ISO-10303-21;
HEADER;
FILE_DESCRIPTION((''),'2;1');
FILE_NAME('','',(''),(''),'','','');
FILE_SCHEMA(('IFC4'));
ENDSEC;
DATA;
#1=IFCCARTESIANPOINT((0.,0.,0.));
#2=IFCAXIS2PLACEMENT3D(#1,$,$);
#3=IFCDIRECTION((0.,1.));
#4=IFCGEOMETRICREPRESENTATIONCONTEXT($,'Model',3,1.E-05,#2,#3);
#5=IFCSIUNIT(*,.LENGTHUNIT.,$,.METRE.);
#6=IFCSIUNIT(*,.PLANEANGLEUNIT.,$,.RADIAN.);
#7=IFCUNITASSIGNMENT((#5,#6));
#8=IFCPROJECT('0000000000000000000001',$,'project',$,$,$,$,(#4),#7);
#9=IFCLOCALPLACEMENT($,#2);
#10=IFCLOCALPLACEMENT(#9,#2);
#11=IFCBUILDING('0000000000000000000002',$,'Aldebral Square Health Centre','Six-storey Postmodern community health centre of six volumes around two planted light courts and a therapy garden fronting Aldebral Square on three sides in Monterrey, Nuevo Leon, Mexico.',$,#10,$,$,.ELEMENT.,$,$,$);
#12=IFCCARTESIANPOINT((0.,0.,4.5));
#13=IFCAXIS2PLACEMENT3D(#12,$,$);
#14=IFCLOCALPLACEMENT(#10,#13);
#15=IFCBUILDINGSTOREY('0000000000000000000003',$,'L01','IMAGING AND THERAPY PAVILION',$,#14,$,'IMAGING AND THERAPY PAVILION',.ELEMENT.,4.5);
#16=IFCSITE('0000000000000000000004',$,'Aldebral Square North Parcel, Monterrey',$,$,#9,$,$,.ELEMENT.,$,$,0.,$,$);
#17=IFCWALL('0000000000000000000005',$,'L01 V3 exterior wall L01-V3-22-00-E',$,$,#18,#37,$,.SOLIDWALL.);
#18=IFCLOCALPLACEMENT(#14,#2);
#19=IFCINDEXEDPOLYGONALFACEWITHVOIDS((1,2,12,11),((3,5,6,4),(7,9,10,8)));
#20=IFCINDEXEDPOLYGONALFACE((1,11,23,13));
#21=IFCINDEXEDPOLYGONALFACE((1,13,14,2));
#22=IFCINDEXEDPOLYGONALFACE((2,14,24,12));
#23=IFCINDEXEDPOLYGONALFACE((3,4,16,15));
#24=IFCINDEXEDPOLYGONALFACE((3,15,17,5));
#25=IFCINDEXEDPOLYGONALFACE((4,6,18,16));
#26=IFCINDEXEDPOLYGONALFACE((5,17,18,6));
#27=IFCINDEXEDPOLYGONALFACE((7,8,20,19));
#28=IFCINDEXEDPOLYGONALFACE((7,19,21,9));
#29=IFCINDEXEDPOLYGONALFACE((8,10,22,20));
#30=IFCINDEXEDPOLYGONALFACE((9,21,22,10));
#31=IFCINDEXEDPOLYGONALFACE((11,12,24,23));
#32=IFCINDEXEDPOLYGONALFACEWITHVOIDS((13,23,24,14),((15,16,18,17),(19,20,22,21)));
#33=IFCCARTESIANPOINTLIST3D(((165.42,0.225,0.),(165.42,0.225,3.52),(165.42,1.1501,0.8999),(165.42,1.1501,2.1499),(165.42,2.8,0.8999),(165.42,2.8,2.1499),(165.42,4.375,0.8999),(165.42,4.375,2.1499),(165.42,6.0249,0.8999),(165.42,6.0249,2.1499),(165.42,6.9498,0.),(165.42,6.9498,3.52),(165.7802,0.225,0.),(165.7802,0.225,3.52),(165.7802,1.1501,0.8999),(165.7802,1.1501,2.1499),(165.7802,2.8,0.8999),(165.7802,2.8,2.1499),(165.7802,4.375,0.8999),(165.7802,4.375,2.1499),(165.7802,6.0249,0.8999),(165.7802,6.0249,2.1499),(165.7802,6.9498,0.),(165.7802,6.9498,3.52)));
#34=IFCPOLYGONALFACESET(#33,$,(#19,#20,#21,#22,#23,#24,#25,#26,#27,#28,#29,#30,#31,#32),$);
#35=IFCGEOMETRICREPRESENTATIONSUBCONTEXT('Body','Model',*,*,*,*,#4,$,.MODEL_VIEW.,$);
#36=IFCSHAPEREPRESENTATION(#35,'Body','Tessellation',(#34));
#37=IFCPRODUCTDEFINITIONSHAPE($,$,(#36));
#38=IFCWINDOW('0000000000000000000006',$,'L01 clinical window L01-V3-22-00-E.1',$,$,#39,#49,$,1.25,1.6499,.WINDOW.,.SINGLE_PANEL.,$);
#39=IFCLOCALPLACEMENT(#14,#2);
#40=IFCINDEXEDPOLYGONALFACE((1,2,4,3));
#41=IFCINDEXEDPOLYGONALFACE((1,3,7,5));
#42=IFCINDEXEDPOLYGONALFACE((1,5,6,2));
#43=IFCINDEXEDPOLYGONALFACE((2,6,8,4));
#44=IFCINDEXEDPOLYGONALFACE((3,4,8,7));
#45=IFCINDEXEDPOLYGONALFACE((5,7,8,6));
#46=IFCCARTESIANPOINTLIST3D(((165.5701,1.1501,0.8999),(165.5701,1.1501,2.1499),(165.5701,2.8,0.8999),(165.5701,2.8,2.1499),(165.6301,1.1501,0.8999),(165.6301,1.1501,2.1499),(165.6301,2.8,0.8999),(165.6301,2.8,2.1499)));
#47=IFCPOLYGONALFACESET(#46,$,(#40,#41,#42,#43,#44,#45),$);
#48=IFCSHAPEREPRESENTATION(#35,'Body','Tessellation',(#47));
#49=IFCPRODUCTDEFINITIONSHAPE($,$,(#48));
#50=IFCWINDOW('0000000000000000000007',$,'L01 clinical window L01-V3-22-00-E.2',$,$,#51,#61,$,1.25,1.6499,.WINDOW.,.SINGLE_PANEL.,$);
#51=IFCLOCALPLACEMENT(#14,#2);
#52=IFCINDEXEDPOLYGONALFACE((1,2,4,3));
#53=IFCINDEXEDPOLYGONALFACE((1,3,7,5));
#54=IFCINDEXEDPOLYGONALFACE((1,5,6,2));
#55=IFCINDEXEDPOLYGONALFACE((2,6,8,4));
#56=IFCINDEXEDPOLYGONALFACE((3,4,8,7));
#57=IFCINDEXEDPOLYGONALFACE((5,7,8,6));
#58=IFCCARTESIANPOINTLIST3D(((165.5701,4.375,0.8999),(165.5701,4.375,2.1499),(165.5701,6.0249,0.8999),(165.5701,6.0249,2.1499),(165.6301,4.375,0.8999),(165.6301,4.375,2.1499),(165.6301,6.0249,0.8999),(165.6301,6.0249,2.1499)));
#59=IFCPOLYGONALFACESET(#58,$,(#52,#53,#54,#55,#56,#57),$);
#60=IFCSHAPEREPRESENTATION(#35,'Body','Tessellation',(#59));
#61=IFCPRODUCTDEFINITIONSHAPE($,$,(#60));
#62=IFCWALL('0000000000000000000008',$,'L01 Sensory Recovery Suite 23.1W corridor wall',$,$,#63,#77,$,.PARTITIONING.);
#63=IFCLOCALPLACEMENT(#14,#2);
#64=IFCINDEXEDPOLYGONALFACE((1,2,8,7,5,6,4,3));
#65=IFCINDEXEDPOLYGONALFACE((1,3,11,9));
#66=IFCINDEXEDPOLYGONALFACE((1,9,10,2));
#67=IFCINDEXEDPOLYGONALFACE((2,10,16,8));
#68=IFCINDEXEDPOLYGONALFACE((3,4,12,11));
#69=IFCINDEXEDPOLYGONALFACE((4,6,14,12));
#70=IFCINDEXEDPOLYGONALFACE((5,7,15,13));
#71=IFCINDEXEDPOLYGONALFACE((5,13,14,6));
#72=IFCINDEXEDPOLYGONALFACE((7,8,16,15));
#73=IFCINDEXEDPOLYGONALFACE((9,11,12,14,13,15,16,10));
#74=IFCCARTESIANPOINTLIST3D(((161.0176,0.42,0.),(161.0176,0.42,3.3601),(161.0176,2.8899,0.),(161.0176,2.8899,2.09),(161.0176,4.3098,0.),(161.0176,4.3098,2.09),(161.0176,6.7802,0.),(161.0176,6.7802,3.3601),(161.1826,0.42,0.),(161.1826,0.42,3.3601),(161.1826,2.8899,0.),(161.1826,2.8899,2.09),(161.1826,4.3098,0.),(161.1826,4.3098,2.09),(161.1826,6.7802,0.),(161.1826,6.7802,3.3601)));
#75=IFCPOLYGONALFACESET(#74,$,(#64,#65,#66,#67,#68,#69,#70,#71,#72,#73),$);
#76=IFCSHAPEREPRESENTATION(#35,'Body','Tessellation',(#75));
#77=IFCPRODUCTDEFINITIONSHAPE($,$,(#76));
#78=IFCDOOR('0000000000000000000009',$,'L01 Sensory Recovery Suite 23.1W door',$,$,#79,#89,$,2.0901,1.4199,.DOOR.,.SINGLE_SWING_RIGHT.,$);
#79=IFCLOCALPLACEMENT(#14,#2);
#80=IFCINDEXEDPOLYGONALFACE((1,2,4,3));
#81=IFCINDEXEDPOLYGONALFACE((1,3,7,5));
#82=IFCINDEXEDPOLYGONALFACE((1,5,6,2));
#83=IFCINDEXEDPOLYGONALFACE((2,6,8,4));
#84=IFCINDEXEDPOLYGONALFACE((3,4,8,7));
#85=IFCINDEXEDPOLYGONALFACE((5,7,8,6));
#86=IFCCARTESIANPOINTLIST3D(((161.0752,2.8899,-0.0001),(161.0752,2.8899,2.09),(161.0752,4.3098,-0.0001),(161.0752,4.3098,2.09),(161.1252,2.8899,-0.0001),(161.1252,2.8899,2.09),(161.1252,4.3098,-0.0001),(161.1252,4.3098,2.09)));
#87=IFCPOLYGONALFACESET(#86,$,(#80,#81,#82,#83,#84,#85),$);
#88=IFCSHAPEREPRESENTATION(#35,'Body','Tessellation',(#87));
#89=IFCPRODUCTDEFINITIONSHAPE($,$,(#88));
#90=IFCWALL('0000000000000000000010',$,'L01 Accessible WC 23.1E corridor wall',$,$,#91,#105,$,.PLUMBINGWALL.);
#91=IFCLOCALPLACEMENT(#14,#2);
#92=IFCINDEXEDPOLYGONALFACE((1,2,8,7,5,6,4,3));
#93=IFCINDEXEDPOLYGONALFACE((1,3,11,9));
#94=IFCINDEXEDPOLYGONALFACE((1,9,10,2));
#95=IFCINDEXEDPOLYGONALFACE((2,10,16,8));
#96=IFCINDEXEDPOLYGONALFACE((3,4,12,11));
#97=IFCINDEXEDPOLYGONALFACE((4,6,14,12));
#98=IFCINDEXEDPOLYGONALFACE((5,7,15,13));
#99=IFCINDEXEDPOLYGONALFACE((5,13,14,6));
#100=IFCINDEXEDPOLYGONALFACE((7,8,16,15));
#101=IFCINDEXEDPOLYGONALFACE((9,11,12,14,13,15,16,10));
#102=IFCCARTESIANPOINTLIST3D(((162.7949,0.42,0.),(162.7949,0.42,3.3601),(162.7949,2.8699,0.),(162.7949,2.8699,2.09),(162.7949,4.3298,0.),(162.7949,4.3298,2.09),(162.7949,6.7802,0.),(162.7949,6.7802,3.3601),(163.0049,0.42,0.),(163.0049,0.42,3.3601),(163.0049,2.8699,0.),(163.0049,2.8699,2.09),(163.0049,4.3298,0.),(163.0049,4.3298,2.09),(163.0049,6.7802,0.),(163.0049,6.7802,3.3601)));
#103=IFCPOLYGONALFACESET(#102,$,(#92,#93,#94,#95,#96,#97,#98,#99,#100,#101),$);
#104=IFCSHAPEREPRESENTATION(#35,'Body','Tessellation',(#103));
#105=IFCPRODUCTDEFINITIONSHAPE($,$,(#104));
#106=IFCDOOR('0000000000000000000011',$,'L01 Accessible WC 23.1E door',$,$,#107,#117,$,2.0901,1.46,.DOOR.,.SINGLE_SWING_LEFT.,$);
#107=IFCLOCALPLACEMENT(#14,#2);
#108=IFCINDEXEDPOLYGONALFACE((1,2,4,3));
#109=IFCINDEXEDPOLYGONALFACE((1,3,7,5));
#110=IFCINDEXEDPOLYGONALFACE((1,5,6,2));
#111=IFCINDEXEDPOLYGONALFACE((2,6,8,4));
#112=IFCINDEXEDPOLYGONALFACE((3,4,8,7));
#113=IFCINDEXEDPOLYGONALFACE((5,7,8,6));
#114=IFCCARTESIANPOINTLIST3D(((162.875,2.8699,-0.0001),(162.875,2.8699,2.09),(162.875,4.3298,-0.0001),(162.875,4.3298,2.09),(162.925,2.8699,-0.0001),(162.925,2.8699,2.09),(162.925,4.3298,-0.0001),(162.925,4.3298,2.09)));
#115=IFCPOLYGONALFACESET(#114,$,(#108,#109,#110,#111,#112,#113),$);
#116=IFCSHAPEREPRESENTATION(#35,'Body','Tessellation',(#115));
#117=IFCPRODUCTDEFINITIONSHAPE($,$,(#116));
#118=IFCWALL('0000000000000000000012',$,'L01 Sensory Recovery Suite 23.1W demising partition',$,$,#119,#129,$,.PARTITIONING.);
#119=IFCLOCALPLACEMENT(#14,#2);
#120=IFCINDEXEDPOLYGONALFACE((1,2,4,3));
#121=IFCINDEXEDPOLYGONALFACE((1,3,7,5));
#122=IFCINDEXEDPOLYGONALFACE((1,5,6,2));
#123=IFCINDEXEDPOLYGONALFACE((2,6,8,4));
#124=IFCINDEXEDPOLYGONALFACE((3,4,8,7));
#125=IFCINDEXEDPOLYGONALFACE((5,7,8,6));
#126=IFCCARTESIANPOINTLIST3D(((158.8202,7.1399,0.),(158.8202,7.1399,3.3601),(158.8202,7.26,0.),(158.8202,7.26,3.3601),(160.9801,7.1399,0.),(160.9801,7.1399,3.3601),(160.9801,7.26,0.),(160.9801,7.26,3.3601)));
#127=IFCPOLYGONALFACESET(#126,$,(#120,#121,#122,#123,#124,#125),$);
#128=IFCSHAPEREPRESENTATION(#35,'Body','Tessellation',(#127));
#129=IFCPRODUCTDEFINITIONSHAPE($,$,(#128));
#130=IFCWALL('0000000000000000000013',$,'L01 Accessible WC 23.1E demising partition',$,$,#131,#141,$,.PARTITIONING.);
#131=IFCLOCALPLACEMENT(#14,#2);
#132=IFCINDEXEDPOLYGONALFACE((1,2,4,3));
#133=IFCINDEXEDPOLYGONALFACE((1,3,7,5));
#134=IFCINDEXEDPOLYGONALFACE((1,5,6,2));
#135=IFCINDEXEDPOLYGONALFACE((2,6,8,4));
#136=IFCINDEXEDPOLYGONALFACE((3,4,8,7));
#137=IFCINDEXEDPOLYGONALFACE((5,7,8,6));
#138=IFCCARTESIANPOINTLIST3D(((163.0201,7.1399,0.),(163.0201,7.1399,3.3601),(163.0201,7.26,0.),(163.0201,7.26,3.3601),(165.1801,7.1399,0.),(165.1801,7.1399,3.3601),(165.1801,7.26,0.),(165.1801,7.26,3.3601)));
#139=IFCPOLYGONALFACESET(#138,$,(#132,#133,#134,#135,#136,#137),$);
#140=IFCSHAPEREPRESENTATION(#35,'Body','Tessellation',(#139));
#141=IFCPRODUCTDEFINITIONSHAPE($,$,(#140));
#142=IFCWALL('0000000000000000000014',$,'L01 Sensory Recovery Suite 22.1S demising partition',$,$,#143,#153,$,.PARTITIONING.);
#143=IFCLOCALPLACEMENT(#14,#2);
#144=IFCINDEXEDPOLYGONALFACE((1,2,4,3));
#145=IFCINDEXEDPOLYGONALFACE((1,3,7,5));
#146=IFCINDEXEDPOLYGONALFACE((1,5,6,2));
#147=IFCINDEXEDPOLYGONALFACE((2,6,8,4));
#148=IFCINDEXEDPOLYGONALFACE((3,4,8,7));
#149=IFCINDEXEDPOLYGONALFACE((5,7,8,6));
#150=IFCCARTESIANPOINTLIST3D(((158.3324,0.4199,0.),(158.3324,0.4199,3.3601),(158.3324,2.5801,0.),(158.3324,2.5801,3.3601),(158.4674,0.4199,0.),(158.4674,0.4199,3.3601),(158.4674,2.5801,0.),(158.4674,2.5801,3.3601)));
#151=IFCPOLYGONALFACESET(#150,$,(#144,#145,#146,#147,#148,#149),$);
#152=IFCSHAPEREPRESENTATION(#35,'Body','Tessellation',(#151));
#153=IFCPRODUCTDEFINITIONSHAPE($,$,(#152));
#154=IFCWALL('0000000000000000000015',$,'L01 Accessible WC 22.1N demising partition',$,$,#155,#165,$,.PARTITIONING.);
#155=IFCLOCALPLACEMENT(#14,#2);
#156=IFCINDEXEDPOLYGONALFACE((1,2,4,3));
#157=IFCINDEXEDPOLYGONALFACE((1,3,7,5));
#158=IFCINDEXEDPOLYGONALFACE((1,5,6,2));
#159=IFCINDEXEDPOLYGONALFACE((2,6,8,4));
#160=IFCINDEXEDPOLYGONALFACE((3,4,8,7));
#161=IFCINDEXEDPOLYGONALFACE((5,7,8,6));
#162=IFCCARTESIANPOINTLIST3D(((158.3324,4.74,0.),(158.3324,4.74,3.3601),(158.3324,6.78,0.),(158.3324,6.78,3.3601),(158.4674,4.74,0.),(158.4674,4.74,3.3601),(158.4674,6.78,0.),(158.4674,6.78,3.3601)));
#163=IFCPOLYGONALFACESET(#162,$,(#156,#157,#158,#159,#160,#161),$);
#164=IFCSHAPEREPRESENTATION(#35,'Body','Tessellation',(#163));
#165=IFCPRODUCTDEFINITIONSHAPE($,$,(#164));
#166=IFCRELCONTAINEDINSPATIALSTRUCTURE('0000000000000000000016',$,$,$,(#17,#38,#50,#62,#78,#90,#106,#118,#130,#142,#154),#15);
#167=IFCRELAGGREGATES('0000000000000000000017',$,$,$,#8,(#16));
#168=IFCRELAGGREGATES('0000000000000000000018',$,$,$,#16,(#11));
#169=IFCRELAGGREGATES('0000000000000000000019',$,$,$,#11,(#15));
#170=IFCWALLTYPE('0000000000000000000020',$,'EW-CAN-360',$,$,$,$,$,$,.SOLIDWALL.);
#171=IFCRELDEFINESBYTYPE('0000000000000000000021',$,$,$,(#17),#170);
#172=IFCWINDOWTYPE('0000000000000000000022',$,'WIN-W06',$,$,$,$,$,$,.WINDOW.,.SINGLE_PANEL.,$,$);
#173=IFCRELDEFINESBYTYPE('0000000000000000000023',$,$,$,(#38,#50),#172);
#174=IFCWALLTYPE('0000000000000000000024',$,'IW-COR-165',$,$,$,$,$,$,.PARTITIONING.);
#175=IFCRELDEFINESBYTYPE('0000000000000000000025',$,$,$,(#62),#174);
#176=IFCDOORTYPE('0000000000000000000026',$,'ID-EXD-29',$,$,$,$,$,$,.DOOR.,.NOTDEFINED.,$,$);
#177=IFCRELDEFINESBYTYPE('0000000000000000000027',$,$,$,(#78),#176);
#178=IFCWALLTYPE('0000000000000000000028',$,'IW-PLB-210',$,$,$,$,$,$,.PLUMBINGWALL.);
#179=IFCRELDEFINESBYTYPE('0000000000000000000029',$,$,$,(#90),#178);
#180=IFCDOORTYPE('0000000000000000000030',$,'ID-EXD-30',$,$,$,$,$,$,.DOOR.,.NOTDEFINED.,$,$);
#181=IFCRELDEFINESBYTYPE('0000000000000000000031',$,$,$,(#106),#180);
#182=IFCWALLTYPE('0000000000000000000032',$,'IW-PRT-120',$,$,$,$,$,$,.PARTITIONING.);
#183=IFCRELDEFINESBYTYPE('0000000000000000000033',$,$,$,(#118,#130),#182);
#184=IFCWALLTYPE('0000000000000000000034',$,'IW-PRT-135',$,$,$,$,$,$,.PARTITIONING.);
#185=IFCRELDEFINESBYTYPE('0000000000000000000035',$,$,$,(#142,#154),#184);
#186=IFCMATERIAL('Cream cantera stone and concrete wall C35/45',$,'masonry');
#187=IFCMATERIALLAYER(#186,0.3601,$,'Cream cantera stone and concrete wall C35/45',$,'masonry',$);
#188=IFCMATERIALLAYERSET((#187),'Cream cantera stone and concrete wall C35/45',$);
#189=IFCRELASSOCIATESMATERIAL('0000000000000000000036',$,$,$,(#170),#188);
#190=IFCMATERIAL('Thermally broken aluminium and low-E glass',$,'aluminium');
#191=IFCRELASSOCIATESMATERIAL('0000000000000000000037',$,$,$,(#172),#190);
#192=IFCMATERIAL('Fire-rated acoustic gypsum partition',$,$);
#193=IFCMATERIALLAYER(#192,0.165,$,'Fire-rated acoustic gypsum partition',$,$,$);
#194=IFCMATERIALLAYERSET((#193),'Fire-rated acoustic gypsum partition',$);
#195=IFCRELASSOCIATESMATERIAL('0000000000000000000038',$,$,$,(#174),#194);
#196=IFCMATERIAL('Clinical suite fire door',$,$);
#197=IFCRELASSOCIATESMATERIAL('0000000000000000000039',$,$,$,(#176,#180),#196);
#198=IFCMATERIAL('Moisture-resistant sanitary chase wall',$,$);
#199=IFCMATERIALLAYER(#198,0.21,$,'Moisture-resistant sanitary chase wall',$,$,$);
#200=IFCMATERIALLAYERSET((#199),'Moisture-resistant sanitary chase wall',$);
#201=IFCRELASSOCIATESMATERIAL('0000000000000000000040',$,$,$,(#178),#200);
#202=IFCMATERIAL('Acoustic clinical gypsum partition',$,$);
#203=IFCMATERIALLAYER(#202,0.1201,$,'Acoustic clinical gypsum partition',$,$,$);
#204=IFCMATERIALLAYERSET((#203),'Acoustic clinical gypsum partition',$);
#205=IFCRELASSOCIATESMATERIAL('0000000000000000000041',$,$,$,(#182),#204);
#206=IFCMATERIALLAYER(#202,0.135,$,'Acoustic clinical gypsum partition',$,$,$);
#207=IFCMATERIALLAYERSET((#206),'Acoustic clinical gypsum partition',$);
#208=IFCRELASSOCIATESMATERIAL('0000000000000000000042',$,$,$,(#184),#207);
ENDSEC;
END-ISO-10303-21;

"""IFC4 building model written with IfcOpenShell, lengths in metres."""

from ifc_helpers import new_model, si_unit, direction, frame, frame_2d, origin, place, context, subcontext, project, spatial, rectangle, extrude, material, layer, layer_set, type_object, element, fill, save


model = new_model("IFC4")

# Units and contexts
model_context = context("Model", 3, precision=1e-05, world=origin(), true_north=direction((0.0, 1.0)))
body_context = subcontext(model_context, "Body", "Model", "MODEL_VIEW")
ifc_project = project(units=[si_unit("LENGTHUNIT", "METRE"), si_unit("PLANEANGLEUNIT", "RADIAN")], contexts=[model_context])

# Site, building, storey
site_placement = place(None, origin())
site = spatial("IfcSite", under=ifc_project, at=site_placement, Name="Aldebral Square North Parcel, Monterrey", CompositionType="ELEMENT", RefElevation=0.0)
building_placement = place(site_placement, origin())
building = spatial("IfcBuilding", under=site, at=building_placement, Name="Aldebral Square Health Centre", Description="Six-storey Postmodern community health centre of six volumes around two planted light courts and a therapy garden fronting Aldebral Square on three sides in Monterrey, Nuevo Leon, Mexico.", CompositionType="ELEMENT")
storey_placement = place(building_placement, frame((0.0, 0.0, 4.5)))
storey = spatial("IfcBuildingStorey", under=building, at=storey_placement, Name="L01", Description="IMAGING AND THERAPY PAVILION", LongName="IMAGING AND THERAPY PAVILION", CompositionType="ELEMENT", Elevation=4.5)

# Wall, openings, windows
ifc_material_1 = material(Name="Cream cantera stone and concrete wall C35/45", Category="masonry")
ifc_layer_1 = layer(ifc_material_1, 0.3601, Name="Cream cantera stone and concrete wall C35/45", Category="masonry")
ifc_layer_set_1 = layer_set([ifc_layer_1], Name="Cream cantera stone and concrete wall C35/45")
wall_type_1 = type_object("IfcWallType", Name="EW-CAN-360", PredefinedType="SOLIDWALL", material=ifc_layer_set_1)
ifc_material_2 = material(Name="Thermally broken aluminium and low-E glass", Category="aluminium")
wall_1_placement = place(storey_placement, frame((165.6001, 0.2251, 0.0), z_axis=(0.0, 0.0, 1.0), x_axis=(0.0, 1.0, 0.0)))
wall_1 = element("IfcWall", 1, at=wall_1_placement, inside=storey, type_object=wall_type_1, Name="L01 V3 exterior wall L01-V3-22-00-E", PredefinedType="SOLIDWALL", context=body_context, shape_type="SweptSolid", body=[
    extrude(rectangle(XDim=6.7249, YDim=0.3601, at=frame_2d((3.3623, 0.0))), origin(), (0.0, 0.0, 1.0), 3.52),
])
opening_1_placement = place(wall_1_placement, frame((0.925, 0.0, 0.8999)))
opening_1 = element("IfcOpeningElement", 2, at=opening_1_placement, cuts=wall_1, PredefinedType="OPENING", context=body_context, shape_type="SweptSolid", body=[
    extrude(rectangle(XDim=1.6499, YDim=1.25, at=frame_2d((0.825, 0.625))), frame((0.0, 0.1899, 0.0), z_axis=(0.0, -1.0, 0.0), x_axis=(1.0, 0.0, 0.0)), (0.0, 0.0, 1.0), 0.3801),
])
opening_2_placement = place(wall_1_placement, frame((4.1499, 0.0, 0.8999)))
opening_2 = element("IfcOpeningElement", 3, at=opening_2_placement, cuts=wall_1, PredefinedType="OPENING", context=body_context, shape_type="SweptSolid", body=[
    extrude(rectangle(XDim=1.6499, YDim=1.25, at=frame_2d((0.825, 0.625))), frame((0.0, 0.1899, 0.0), z_axis=(0.0, -1.0, 0.0), x_axis=(1.0, 0.0, 0.0)), (0.0, 0.0, 1.0), 0.3801),
])
window_type_1 = type_object("IfcWindowType", Name="WIN-W06", PartitioningType="SINGLE_PANEL", PredefinedType="WINDOW", material=ifc_material_2)
window_1_placement = place(opening_1_placement, origin())
window_1 = element("IfcWindow", 4, at=window_1_placement, inside=storey, type_object=window_type_1, Name="L01 clinical window L01-V3-22-00-E.1", OverallHeight=1.25, OverallWidth=1.6499, PartitioningType="SINGLE_PANEL", PredefinedType="WINDOW", context=body_context, shape_type="SweptSolid", body=[
    extrude(rectangle(XDim=1.6499, YDim=1.25, at=frame_2d((0.825, 0.625))), frame((0.0, 0.03, 0.0), z_axis=(0.0, -1.0, 0.0), x_axis=(1.0, 0.0, 0.0)), (0.0, 0.0, 1.0), 0.0601),
])
fill(opening_1, window_1)
window_2_placement = place(opening_2_placement, origin())
window_2 = element("IfcWindow", 5, at=window_2_placement, inside=storey, type_object=window_type_1, Name="L01 clinical window L01-V3-22-00-E.2", OverallHeight=1.25, OverallWidth=1.6499, PartitioningType="SINGLE_PANEL", PredefinedType="WINDOW", context=body_context, shape_type="SweptSolid", body=[
    extrude(rectangle(XDim=1.6499, YDim=1.25, at=frame_2d((0.825, 0.625))), frame((0.0, 0.03, 0.0), z_axis=(0.0, -1.0, 0.0), x_axis=(1.0, 0.0, 0.0)), (0.0, 0.0, 1.0), 0.0601),
])
fill(opening_2, window_2)

# Walls, openings, doors
ifc_material_3 = material(Name="Fire-rated acoustic gypsum partition")
ifc_layer_2 = layer(ifc_material_3, 0.165, Name="Fire-rated acoustic gypsum partition")
ifc_layer_set_2 = layer_set([ifc_layer_2], Name="Fire-rated acoustic gypsum partition")
wall_type_2 = type_object("IfcWallType", Name="IW-COR-165", PredefinedType="PARTITIONING", material=ifc_layer_set_2)
wall_2_placement = place(storey_placement, frame((161.1001, 0.4199, 0.0), z_axis=(0.0, 0.0, 1.0), x_axis=(0.0, 1.0, 0.0)))
wall_2 = element("IfcWall", 6, at=wall_2_placement, inside=storey, type_object=wall_type_2, Name="L01 Sensory Recovery Suite 23.1W corridor wall", PredefinedType="PARTITIONING", context=body_context, shape_type="SweptSolid", body=[
    extrude(rectangle(XDim=6.3601, YDim=0.165, at=frame_2d((3.1802, 0.0))), origin(), (0.0, 0.0, 1.0), 3.3601),
])
opening_3_placement = place(wall_2_placement, frame((2.47, 0.0, 0.0)))
opening_3 = element("IfcOpeningElement", 7, at=opening_3_placement, cuts=wall_2, PredefinedType="OPENING", context=body_context, shape_type="SweptSolid", body=[
    extrude(rectangle(XDim=1.4199, YDim=2.0901, at=frame_2d((0.71, 1.0449))), frame((0.0, 0.0925, 0.0), z_axis=(0.0, -1.0, 0.0), x_axis=(1.0, 0.0, 0.0)), (0.0, 0.0, 1.0), 0.1851),
])
ifc_material_4 = material(Name="Clinical suite fire door")
door_type_1 = type_object("IfcDoorType", Name="ID-EXD-29", OperationType="NOTDEFINED", PredefinedType="DOOR", material=ifc_material_4)
door_1_placement = place(opening_3_placement, origin())
door_1 = element("IfcDoor", 8, at=door_1_placement, inside=storey, type_object=door_type_1, Name="L01 Sensory Recovery Suite 23.1W door", OperationType="SINGLE_SWING_RIGHT", OverallHeight=2.0901, OverallWidth=1.4199, PredefinedType="DOOR", context=body_context, shape_type="SweptSolid", body=[
    extrude(rectangle(XDim=1.4199, YDim=2.0901, at=frame_2d((0.71, 1.0449))), frame((0.0, 0.0249, 0.0), z_axis=(0.0, -1.0, 0.0), x_axis=(1.0, 0.0, 0.0)), (0.0, 0.0, 1.0), 0.05),
])
fill(opening_3, door_1)
ifc_material_5 = material(Name="Moisture-resistant sanitary chase wall")
ifc_layer_3 = layer(ifc_material_5, 0.21, Name="Moisture-resistant sanitary chase wall")
ifc_layer_set_3 = layer_set([ifc_layer_3], Name="Moisture-resistant sanitary chase wall")
wall_type_3 = type_object("IfcWallType", Name="IW-PLB-210", PredefinedType="PLUMBINGWALL", material=ifc_layer_set_3)
wall_3_placement = place(storey_placement, frame((162.8999, 0.4199, 0.0), z_axis=(0.0, 0.0, 1.0), x_axis=(0.0, 1.0, 0.0)))
wall_3 = element("IfcWall", 9, at=wall_3_placement, inside=storey, type_object=wall_type_3, Name="L01 Accessible WC 23.1E corridor wall", PredefinedType="PLUMBINGWALL", context=body_context, shape_type="SweptSolid", body=[
    extrude(rectangle(XDim=6.3601, YDim=0.21, at=frame_2d((3.1802, 0.0))), origin(), (0.0, 0.0, 1.0), 3.3601),
])
opening_4_placement = place(wall_3_placement, frame((2.45, 0.0, 0.0)))
opening_4 = element("IfcOpeningElement", 10, at=opening_4_placement, cuts=wall_3, PredefinedType="OPENING", context=body_context, shape_type="SweptSolid", body=[
    extrude(rectangle(XDim=1.46, YDim=2.0901, at=frame_2d((0.73, 1.0449))), frame((0.0, 0.115, 0.0), z_axis=(0.0, -1.0, 0.0), x_axis=(1.0, 0.0, 0.0)), (0.0, 0.0, 1.0), 0.23),
])
door_type_2 = type_object("IfcDoorType", Name="ID-EXD-30", OperationType="NOTDEFINED", PredefinedType="DOOR", material=ifc_material_4)
door_2_placement = place(opening_4_placement, origin())
door_2 = element("IfcDoor", 11, at=door_2_placement, inside=storey, type_object=door_type_2, Name="L01 Accessible WC 23.1E door", OperationType="SINGLE_SWING_LEFT", OverallHeight=2.0901, OverallWidth=1.46, PredefinedType="DOOR", context=body_context, shape_type="SweptSolid", body=[
    extrude(rectangle(XDim=1.46, YDim=2.0901, at=frame_2d((0.73, 1.0449))), frame((0.0, 0.0249, 0.0), z_axis=(0.0, -1.0, 0.0), x_axis=(1.0, 0.0, 0.0)), (0.0, 0.0, 1.0), 0.05),
])
fill(opening_4, door_2)

# Walls
ifc_material_6 = material(Name="Acoustic clinical gypsum partition")
ifc_layer_4 = layer(ifc_material_6, 0.1201, Name="Acoustic clinical gypsum partition")
ifc_layer_set_4 = layer_set([ifc_layer_4], Name="Acoustic clinical gypsum partition")
wall_type_4 = type_object("IfcWallType", Name="IW-PRT-120", PredefinedType="PARTITIONING", material=ifc_layer_set_4)
for number, where, z_axis, x_axis, name in (
    (12, (158.8201, 7.2, 0.0), (0.0, 0.0, 1.0), (1.0, 0.0, 0.0), "L01 Sensory Recovery Suite 23.1W demising partition"),
    (13, (163.02, 7.2, 0.0), (0.0, 0.0, 1.0), (1.0, 0.0, 0.0), "L01 Accessible WC 23.1E demising partition"),
):
    element("IfcWall", number, at=place(storey_placement, frame(where, z_axis=z_axis, x_axis=x_axis)), inside=storey, type_object=wall_type_4, Name=name, PredefinedType="PARTITIONING", context=body_context, shape_type="SweptSolid", body=[
        extrude(rectangle(XDim=2.1599, YDim=0.1201, at=frame_2d((1.0801, 0.0))), origin(), (0.0, 0.0, 1.0), 3.3601),
    ])
ifc_layer_5 = layer(ifc_material_6, 0.135, Name="Acoustic clinical gypsum partition")
ifc_layer_set_5 = layer_set([ifc_layer_5], Name="Acoustic clinical gypsum partition")
wall_type_5 = type_object("IfcWallType", Name="IW-PRT-135", PredefinedType="PARTITIONING", material=ifc_layer_set_5)
wall_4_placement = place(storey_placement, frame((158.3999, 0.4199, 0.0), z_axis=(0.0, 0.0, 1.0), x_axis=(0.0, 1.0, 0.0)))
element("IfcWall", 14, at=wall_4_placement, inside=storey, type_object=wall_type_5, Name="L01 Sensory Recovery Suite 22.1S demising partition", PredefinedType="PARTITIONING", context=body_context, shape_type="SweptSolid", body=[
    extrude(rectangle(XDim=2.1602, YDim=0.135, at=frame_2d((1.0801, 0.0))), origin(), (0.0, 0.0, 1.0), 3.3601),
])
wall_5_placement = place(storey_placement, frame((158.3999, 4.74, 0.0), z_axis=(0.0, 0.0, 1.0), x_axis=(0.0, 1.0, 0.0)))
element("IfcWall", 15, at=wall_5_placement, inside=storey, type_object=wall_type_5, Name="L01 Accessible WC 22.1N demising partition", PredefinedType="PARTITIONING", context=body_context, shape_type="SweptSolid", body=[
    extrude(rectangle(XDim=2.04, YDim=0.135, at=frame_2d((1.02, 0.0))), origin(), (0.0, 0.0, 1.0), 3.3601),
])

save(model, "model.ifc")
